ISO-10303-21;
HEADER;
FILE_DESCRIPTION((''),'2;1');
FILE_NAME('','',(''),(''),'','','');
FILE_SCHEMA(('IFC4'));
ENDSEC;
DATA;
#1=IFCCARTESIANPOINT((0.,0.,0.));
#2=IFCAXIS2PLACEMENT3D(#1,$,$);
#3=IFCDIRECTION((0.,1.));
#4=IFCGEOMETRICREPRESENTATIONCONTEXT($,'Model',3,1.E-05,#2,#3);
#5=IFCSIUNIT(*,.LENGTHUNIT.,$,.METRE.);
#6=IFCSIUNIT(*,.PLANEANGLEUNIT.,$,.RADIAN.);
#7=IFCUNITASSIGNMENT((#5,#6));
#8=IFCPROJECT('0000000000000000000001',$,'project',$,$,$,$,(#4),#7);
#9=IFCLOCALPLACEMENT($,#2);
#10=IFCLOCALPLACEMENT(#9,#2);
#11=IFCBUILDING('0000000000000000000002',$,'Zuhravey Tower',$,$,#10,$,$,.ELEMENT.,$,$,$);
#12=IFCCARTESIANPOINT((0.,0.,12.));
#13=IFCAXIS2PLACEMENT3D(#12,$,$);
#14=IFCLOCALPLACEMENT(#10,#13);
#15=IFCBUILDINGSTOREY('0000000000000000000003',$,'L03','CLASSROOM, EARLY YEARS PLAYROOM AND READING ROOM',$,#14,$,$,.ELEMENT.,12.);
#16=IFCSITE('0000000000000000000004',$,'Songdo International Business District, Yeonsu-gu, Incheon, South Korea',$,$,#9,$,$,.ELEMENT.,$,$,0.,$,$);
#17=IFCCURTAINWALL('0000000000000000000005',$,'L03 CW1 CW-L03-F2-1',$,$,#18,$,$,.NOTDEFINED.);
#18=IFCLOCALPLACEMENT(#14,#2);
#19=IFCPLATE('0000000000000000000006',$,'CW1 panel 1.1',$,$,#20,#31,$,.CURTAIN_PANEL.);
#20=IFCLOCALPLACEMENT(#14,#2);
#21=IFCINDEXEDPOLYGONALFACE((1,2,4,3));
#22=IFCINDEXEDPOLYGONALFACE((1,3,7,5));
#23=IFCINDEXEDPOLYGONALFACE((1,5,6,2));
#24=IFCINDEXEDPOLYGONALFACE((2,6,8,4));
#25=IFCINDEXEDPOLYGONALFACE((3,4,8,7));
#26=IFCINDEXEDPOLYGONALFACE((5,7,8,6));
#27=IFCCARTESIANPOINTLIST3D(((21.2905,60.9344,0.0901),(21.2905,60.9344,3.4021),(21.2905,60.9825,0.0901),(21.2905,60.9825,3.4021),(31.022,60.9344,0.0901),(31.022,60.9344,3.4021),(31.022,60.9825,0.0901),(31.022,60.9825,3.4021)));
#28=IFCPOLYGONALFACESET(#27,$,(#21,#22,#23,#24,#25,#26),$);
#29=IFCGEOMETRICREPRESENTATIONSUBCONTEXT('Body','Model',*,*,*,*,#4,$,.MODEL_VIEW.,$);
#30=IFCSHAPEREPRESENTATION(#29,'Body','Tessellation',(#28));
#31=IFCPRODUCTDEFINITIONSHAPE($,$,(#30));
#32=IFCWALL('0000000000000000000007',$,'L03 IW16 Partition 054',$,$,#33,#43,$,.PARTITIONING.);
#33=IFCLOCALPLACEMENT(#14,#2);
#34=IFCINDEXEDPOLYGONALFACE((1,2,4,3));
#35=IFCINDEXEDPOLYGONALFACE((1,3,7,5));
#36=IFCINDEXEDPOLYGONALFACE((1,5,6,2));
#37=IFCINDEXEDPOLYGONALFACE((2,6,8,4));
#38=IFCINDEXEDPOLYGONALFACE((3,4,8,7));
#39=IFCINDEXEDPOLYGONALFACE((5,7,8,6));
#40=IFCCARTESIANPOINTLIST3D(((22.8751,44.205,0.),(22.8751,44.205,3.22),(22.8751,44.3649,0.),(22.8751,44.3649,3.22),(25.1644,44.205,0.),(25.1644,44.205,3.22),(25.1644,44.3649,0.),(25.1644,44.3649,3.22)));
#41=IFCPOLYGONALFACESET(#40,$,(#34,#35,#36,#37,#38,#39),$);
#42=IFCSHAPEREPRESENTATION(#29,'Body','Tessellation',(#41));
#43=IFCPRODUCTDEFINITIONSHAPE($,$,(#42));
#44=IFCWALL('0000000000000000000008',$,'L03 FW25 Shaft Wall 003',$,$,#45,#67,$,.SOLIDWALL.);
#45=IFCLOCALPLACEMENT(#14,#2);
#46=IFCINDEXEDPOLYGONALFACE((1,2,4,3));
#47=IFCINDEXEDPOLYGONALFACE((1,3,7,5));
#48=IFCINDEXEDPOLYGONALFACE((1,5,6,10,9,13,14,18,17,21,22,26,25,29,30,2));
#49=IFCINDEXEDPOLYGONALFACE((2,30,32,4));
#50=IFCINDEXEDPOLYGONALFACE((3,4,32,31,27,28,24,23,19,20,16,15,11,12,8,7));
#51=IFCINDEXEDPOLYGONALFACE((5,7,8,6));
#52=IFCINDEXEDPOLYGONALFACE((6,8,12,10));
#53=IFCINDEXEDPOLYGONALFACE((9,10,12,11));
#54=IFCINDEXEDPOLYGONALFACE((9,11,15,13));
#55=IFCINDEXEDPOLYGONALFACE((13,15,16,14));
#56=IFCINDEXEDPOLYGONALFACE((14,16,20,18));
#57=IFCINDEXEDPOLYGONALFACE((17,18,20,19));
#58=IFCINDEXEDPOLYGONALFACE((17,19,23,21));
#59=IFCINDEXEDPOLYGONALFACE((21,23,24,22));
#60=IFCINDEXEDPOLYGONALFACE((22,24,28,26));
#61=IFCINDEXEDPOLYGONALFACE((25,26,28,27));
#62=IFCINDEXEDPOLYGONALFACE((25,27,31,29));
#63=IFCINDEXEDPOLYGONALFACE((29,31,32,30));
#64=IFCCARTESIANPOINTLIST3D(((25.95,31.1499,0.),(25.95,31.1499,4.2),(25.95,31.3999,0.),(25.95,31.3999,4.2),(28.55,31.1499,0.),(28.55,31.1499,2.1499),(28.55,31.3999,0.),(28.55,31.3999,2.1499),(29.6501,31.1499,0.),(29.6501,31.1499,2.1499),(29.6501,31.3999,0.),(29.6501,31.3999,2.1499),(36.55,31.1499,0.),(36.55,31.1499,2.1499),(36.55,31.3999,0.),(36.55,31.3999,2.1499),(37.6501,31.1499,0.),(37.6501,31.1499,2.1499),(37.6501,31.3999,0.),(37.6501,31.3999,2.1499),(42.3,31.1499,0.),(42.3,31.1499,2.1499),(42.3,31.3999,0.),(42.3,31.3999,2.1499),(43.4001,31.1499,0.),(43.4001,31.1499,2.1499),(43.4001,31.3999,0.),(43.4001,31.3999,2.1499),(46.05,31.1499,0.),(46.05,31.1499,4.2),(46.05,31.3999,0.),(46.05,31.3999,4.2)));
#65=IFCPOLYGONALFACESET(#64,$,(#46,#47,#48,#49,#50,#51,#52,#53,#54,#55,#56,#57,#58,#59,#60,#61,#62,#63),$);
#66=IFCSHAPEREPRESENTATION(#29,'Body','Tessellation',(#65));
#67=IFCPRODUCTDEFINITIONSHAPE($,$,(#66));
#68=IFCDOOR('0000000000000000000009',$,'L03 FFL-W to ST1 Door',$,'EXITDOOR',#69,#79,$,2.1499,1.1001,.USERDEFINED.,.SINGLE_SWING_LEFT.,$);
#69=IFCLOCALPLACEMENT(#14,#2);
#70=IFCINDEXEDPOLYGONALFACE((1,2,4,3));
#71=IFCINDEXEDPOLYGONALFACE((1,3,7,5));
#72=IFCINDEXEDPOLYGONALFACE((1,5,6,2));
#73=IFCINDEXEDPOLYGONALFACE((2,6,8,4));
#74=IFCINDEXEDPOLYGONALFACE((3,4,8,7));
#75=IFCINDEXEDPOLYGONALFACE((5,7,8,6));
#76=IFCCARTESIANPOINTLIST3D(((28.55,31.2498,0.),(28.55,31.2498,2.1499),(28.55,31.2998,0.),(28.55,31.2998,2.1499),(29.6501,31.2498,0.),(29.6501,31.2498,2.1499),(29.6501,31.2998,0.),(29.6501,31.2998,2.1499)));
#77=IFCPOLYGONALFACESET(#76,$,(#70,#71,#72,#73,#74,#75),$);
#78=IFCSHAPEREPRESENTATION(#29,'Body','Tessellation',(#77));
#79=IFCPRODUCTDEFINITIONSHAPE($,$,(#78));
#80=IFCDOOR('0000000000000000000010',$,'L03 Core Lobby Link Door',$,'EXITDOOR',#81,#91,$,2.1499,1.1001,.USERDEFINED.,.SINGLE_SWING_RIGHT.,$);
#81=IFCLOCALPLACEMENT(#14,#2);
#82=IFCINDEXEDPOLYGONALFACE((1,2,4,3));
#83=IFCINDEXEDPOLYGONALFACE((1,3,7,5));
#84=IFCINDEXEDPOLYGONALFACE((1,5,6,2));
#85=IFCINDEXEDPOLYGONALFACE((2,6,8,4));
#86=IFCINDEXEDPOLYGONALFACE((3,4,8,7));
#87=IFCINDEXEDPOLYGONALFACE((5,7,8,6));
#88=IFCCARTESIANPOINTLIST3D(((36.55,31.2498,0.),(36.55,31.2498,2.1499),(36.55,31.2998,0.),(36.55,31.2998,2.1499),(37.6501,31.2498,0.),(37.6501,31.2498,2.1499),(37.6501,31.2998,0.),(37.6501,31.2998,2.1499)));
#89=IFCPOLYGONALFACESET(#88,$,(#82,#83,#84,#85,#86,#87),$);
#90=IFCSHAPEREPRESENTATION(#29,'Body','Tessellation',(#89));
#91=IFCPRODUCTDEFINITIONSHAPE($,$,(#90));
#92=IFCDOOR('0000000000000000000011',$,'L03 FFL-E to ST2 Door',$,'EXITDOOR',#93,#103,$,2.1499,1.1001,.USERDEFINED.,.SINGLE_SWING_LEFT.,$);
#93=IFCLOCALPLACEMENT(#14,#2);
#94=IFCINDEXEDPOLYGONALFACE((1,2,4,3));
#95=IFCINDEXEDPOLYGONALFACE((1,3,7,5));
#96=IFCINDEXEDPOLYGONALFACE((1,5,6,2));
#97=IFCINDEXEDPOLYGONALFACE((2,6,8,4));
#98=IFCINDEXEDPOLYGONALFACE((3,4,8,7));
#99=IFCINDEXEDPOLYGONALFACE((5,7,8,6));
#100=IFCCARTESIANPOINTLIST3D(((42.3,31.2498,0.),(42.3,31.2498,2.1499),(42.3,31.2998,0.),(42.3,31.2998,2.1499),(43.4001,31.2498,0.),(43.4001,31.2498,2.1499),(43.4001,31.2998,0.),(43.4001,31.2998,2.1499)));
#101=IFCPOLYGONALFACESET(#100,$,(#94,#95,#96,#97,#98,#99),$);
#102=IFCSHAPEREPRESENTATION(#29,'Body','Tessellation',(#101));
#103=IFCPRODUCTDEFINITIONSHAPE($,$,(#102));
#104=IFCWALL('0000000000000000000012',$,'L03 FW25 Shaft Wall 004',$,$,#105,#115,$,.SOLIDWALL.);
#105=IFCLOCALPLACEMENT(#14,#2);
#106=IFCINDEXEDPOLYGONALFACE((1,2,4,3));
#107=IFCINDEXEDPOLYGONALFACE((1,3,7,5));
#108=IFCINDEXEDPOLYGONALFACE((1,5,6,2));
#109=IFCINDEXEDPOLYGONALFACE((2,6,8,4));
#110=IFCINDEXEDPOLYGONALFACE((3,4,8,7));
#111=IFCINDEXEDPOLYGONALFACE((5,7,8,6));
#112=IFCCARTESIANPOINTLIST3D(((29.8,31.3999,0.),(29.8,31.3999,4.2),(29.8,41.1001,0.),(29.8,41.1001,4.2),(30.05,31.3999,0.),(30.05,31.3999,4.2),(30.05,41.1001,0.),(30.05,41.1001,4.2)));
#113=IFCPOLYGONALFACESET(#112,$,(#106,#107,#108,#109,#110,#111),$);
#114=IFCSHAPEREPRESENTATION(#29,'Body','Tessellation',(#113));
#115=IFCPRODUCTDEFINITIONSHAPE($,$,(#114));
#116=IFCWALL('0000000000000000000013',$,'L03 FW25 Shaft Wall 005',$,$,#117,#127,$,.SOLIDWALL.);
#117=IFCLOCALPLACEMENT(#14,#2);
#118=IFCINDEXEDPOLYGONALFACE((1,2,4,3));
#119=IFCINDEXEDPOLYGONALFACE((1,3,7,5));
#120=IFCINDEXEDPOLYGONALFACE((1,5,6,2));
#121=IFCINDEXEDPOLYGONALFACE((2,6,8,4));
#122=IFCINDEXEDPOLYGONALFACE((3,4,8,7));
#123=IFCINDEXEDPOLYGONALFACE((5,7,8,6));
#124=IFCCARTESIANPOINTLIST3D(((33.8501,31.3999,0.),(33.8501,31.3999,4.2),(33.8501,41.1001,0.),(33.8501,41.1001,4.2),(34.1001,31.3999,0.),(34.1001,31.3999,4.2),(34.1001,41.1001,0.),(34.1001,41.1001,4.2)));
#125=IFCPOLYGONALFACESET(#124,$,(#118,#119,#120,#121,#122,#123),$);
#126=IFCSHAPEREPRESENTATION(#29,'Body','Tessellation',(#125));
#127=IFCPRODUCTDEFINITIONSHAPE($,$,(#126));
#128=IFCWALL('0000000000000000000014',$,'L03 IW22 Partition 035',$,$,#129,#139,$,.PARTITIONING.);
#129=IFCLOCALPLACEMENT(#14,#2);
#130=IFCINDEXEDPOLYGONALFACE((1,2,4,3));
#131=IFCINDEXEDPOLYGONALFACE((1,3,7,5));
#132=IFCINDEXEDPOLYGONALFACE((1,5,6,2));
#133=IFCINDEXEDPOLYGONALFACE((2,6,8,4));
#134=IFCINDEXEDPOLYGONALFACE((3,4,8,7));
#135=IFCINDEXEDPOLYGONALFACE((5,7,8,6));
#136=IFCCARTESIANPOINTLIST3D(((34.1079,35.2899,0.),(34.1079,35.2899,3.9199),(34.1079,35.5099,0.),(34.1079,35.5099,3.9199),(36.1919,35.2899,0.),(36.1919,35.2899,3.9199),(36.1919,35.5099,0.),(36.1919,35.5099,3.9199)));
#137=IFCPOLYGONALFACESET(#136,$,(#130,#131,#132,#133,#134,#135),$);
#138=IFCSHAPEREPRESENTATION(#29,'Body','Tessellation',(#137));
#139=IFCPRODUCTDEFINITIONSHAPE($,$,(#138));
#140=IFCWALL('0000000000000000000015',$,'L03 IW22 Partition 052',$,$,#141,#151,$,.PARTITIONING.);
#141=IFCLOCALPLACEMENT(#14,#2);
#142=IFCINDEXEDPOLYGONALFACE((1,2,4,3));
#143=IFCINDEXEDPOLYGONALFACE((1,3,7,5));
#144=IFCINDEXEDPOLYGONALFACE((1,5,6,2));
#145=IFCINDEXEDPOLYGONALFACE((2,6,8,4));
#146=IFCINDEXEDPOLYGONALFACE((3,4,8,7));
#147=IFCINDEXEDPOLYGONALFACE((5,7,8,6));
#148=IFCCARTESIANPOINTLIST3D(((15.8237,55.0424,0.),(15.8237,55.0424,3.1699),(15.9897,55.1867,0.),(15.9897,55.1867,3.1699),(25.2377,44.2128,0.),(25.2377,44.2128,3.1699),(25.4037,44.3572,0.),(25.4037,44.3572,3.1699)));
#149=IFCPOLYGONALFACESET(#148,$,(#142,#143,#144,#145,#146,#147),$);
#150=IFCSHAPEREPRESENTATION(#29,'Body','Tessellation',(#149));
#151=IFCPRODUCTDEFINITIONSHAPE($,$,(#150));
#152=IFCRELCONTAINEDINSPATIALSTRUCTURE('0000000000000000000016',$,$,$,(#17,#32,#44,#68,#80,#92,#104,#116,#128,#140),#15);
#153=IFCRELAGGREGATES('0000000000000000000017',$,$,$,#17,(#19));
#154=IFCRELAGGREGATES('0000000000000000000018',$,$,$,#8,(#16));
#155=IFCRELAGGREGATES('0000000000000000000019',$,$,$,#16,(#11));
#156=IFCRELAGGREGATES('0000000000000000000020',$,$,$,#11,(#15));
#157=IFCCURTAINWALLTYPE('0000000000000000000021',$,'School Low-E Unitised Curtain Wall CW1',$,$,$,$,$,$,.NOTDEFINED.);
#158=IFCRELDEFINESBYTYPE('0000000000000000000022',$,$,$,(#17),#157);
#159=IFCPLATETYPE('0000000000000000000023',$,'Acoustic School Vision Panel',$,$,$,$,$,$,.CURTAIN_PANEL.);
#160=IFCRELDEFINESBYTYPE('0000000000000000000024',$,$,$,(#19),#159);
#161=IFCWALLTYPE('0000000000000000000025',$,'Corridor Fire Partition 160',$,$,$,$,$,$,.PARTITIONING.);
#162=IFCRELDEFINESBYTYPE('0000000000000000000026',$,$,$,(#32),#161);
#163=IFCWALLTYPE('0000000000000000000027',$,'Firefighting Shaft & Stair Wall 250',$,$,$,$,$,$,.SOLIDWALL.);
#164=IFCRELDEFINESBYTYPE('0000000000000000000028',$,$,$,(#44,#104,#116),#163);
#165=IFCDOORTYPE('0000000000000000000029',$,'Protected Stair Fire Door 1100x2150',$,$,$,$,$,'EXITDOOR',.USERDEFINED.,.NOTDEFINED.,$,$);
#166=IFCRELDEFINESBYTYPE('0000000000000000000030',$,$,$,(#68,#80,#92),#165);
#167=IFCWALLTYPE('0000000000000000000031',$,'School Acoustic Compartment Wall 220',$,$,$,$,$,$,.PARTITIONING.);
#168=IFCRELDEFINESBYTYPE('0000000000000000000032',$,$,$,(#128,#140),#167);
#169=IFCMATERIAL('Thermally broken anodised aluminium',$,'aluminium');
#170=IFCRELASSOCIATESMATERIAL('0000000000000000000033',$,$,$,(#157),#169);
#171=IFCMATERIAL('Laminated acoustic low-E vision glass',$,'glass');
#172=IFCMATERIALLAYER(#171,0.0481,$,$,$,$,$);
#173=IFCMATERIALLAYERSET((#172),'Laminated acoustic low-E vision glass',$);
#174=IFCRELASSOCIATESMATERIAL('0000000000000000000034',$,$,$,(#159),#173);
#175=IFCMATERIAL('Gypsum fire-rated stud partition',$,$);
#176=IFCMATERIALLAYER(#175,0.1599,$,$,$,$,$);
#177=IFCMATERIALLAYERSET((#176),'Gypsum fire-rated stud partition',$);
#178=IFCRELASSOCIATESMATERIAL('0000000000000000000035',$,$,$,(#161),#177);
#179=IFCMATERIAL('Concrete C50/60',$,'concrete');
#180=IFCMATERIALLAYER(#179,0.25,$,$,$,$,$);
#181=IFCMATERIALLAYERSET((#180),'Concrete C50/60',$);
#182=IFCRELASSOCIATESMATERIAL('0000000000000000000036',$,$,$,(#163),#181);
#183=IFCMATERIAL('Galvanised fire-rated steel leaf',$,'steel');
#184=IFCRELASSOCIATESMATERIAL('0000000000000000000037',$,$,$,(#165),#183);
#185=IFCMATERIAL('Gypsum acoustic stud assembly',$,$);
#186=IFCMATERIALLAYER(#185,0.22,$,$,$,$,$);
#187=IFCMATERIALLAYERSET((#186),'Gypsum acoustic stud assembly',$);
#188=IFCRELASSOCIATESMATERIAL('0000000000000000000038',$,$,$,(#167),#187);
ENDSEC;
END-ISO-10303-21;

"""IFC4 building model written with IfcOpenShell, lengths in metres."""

from ifc_helpers import new_model, si_unit, direction, frame, frame_2d, origin, origin_2d, place, context, subcontext, project, spatial, rectangle, extrude, material, layer, layer_set, type_object, element, fill, aggregate, save


model = new_model("IFC4")

# Units and contexts
model_context = context("Model", 3, precision=1e-05, world=origin(), true_north=direction((0.0, 1.0)))
body_context = subcontext(model_context, "Body", "Model", "MODEL_VIEW")
ifc_project = project(units=[si_unit("LENGTHUNIT", "METRE"), si_unit("PLANEANGLEUNIT", "RADIAN")], contexts=[model_context])

# Site, building, storey
site_placement = place(None, origin())
site = spatial("IfcSite", under=ifc_project, at=site_placement, Name="Songdo International Business District, Yeonsu-gu, Incheon, South Korea", CompositionType="ELEMENT", RefElevation=0.0)
building_placement = place(site_placement, origin())
building = spatial("IfcBuilding", under=site, at=building_placement, Name="Zuhravey Tower", CompositionType="ELEMENT")
storey_placement = place(building_placement, frame((0.0, 0.0, 12.0)))
storey = spatial("IfcBuildingStorey", under=building, at=storey_placement, Name="L03", Description="CLASSROOM, EARLY YEARS PLAYROOM AND READING ROOM", CompositionType="ELEMENT", Elevation=12.0)

# Curtain wall
ifc_material_1 = material(Name="Thermally broken anodised aluminium", Category="aluminium")
curtain_wall_type = type_object("IfcCurtainWallType", Name="School Low-E Unitised Curtain Wall CW1", PredefinedType="NOTDEFINED", material=ifc_material_1)
curtain_wall_placement = place(storey_placement, origin())
curtain_wall = element("IfcCurtainWall", 1, at=curtain_wall_placement, inside=storey, type_object=curtain_wall_type, Name="L03 CW1 CW-L03-F2-1", PredefinedType="NOTDEFINED")

# Plate
ifc_material_2 = material(Name="Laminated acoustic low-E vision glass", Category="glass")
ifc_layer_1 = layer(ifc_material_2, 0.0481)
ifc_layer_set_1 = layer_set([ifc_layer_1], Name="Laminated acoustic low-E vision glass")
plate_type = type_object("IfcPlateType", Name="Acoustic School Vision Panel", PredefinedType="CURTAIN_PANEL", material=ifc_layer_set_1)
plate_placement = place(storey_placement, frame((26.1562, 60.9585, 0.0901), z_axis=(0.0, 0.0, 1.0), x_axis=(1.0, 0.0, 0.0)))
plate = element("IfcPlate", 2, at=plate_placement, type_object=plate_type, Name="CW1 panel 1.1", PredefinedType="CURTAIN_PANEL", context=body_context, shape_type="SweptSolid", body=[
    extrude(rectangle(XDim=9.7314, YDim=0.0481, at=origin_2d()), origin(), (0.0, 0.0, 1.0), 3.312),
])
aggregate(curtain_wall, [plate])

# Wall
ifc_material_3 = material(Name="Gypsum fire-rated stud partition")
ifc_layer_2 = layer(ifc_material_3, 0.1599)
ifc_layer_set_2 = layer_set([ifc_layer_2], Name="Gypsum fire-rated stud partition")
wall_type_1 = type_object("IfcWallType", Name="Corridor Fire Partition 160", PredefinedType="PARTITIONING", material=ifc_layer_set_2)
wall_1_placement = place(storey_placement, frame((25.1643, 44.2849, 0.0), z_axis=(0.0, 0.0, 1.0), x_axis=(-1.0, 0.0, 0.0)))
element("IfcWall", 3, at=wall_1_placement, inside=storey, type_object=wall_type_1, Name="L03 IW16 Partition 054", PredefinedType="PARTITIONING", context=body_context, shape_type="SweptSolid", body=[
    extrude(rectangle(XDim=2.2893, YDim=0.1599, at=frame_2d((1.1445, 0.0))), origin(), (0.0, 0.0, 1.0), 3.22),
])

# Wall, openings, doors
ifc_material_4 = material(Name="Concrete C50/60", Category="concrete")
ifc_layer_3 = layer(ifc_material_4, 0.25)
ifc_layer_set_3 = layer_set([ifc_layer_3], Name="Concrete C50/60")
wall_type_2 = type_object("IfcWallType", Name="Firefighting Shaft & Stair Wall 250", PredefinedType="SOLIDWALL", material=ifc_layer_set_3)
wall_2_placement = place(storey_placement, frame((25.95, 31.2749, 0.0), z_axis=(0.0, 0.0, 1.0), x_axis=(1.0, 0.0, 0.0)))
wall_2 = element("IfcWall", 4, at=wall_2_placement, inside=storey, type_object=wall_type_2, Name="L03 FW25 Shaft Wall 003", PredefinedType="SOLIDWALL", context=body_context, shape_type="SweptSolid", body=[
    extrude(rectangle(XDim=20.1001, YDim=0.25, at=frame_2d((10.05, 0.0))), origin(), (0.0, 0.0, 1.0), 4.2),
])
opening_1_placement = place(wall_2_placement, frame((2.6001, 0.0, 0.0)))
opening_1 = element("IfcOpeningElement", 5, at=opening_1_placement, cuts=wall_2, PredefinedType="OPENING", context=body_context, shape_type="SweptSolid", body=[
    extrude(rectangle(XDim=1.1001, YDim=2.1499, at=frame_2d((0.55, 1.075))), frame((0.0, 0.137, 0.0), z_axis=(0.0, -1.0, 0.0), x_axis=(1.0, 0.0, 0.0)), (0.0, 0.0, 1.0), 0.2739),
])
opening_2_placement = place(wall_2_placement, frame((10.6001, 0.0, 0.0)))
opening_2 = element("IfcOpeningElement", 6, at=opening_2_placement, cuts=wall_2, PredefinedType="OPENING", context=body_context, shape_type="SweptSolid", body=[
    extrude(rectangle(XDim=1.1001, YDim=2.1499, at=frame_2d((0.55, 1.075))), frame((0.0, 0.137, 0.0), z_axis=(0.0, -1.0, 0.0), x_axis=(1.0, 0.0, 0.0)), (0.0, 0.0, 1.0), 0.2739),
])
opening_3_placement = place(wall_2_placement, frame((16.3501, 0.0, 0.0)))
opening_3 = element("IfcOpeningElement", 7, at=opening_3_placement, cuts=wall_2, PredefinedType="OPENING", context=body_context, shape_type="SweptSolid", body=[
    extrude(rectangle(XDim=1.1001, YDim=2.1499, at=frame_2d((0.55, 1.075))), frame((0.0, 0.137, 0.0), z_axis=(0.0, -1.0, 0.0), x_axis=(1.0, 0.0, 0.0)), (0.0, 0.0, 1.0), 0.2739),
])
ifc_material_5 = material(Name="Galvanised fire-rated steel leaf", Category="steel")
door_type = type_object("IfcDoorType", Name="Protected Stair Fire Door 1100x2150", ElementType="EXITDOOR", OperationType="NOTDEFINED", PredefinedType="USERDEFINED", material=ifc_material_5)
door_1_placement = place(opening_1_placement, origin())
door_1 = element("IfcDoor", 8, at=door_1_placement, inside=storey, type_object=door_type, Name="L03 FFL-W to ST1 Door", ObjectType="EXITDOOR", OperationType="SINGLE_SWING_LEFT", OverallHeight=2.1499, OverallWidth=1.1001, PredefinedType="USERDEFINED", context=body_context, shape_type="SweptSolid", body=[
    extrude(rectangle(XDim=1.1001, YDim=2.1499, at=frame_2d((0.55, 1.075))), frame((0.0, 0.0249, 0.0), z_axis=(0.0, -1.0, 0.0), x_axis=(1.0, 0.0, 0.0)), (0.0, 0.0, 1.0), 0.05),
])
fill(opening_1, door_1)
door_2_placement = place(opening_2_placement, origin())
door_2 = element("IfcDoor", 9, at=door_2_placement, inside=storey, type_object=door_type, Name="L03 Core Lobby Link Door", ObjectType="EXITDOOR", OperationType="SINGLE_SWING_RIGHT", OverallHeight=2.1499, OverallWidth=1.1001, PredefinedType="USERDEFINED", context=body_context, shape_type="SweptSolid", body=[
    extrude(rectangle(XDim=1.1001, YDim=2.1499, at=frame_2d((0.55, 1.075))), frame((0.0, 0.0249, 0.0), z_axis=(0.0, -1.0, 0.0), x_axis=(1.0, 0.0, 0.0)), (0.0, 0.0, 1.0), 0.05),
])
fill(opening_2, door_2)
door_3_placement = place(opening_3_placement, origin())
door_3 = element("IfcDoor", 10, at=door_3_placement, inside=storey, type_object=door_type, Name="L03 FFL-E to ST2 Door", ObjectType="EXITDOOR", OperationType="SINGLE_SWING_LEFT", OverallHeight=2.1499, OverallWidth=1.1001, PredefinedType="USERDEFINED", context=body_context, shape_type="SweptSolid", body=[
    extrude(rectangle(XDim=1.1001, YDim=2.1499, at=frame_2d((0.55, 1.075))), frame((0.0, 0.0249, 0.0), z_axis=(0.0, -1.0, 0.0), x_axis=(1.0, 0.0, 0.0)), (0.0, 0.0, 1.0), 0.05),
])
fill(opening_3, door_3)

# Walls
for number, where, z_axis, x_axis, name in (
    (11, (29.925, 31.3999, 0.0), (0.0, 0.0, 1.0), (0.0, 1.0, 0.0), "L03 FW25 Shaft Wall 004"),
    (12, (33.9751, 31.3999, 0.0), (0.0, 0.0, 1.0), (0.0, 1.0, 0.0), "L03 FW25 Shaft Wall 005"),
):
    element("IfcWall", number, at=place(storey_placement, frame(where, z_axis=z_axis, x_axis=x_axis)), inside=storey, type_object=wall_type_2, Name=name, PredefinedType="SOLIDWALL", context=body_context, shape_type="SweptSolid", body=[
        extrude(rectangle(XDim=9.7002, YDim=0.25, at=frame_2d((4.8501, 0.0))), origin(), (0.0, 0.0, 1.0), 4.2),
    ])
ifc_material_6 = material(Name="Gypsum acoustic stud assembly")
ifc_layer_4 = layer(ifc_material_6, 0.22)
ifc_layer_set_4 = layer_set([ifc_layer_4], Name="Gypsum acoustic stud assembly")
wall_type_3 = type_object("IfcWallType", Name="School Acoustic Compartment Wall 220", PredefinedType="PARTITIONING", material=ifc_layer_set_4)
wall_3_placement = place(storey_placement, frame((34.1079, 35.3999, 0.0), z_axis=(0.0, 0.0, 1.0), x_axis=(1.0, 0.0, 0.0)))
element("IfcWall", 13, at=wall_3_placement, inside=storey, type_object=wall_type_3, Name="L03 IW22 Partition 035", PredefinedType="PARTITIONING", context=body_context, shape_type="SweptSolid", body=[
    extrude(rectangle(XDim=2.084, YDim=0.22, at=frame_2d((1.042, 0.0))), origin(), (0.0, 0.0, 1.0), 3.9199),
])
wall_4_placement = place(storey_placement, frame((25.3208, 44.2849, 0.0), z_axis=(0.0, 0.0, 1.0), x_axis=(-0.656061, 0.754708, 0.0)))
element("IfcWall", 14, at=wall_4_placement, inside=storey, type_object=wall_type_3, Name="L03 IW22 Partition 052", PredefinedType="PARTITIONING", context=body_context, shape_type="SweptSolid", body=[
    extrude(rectangle(XDim=14.3494, YDim=0.22, at=frame_2d((7.1748, 0.0))), origin(), (0.0, 0.0, 1.0), 3.1699),
])

save(model, "model.ifc")
